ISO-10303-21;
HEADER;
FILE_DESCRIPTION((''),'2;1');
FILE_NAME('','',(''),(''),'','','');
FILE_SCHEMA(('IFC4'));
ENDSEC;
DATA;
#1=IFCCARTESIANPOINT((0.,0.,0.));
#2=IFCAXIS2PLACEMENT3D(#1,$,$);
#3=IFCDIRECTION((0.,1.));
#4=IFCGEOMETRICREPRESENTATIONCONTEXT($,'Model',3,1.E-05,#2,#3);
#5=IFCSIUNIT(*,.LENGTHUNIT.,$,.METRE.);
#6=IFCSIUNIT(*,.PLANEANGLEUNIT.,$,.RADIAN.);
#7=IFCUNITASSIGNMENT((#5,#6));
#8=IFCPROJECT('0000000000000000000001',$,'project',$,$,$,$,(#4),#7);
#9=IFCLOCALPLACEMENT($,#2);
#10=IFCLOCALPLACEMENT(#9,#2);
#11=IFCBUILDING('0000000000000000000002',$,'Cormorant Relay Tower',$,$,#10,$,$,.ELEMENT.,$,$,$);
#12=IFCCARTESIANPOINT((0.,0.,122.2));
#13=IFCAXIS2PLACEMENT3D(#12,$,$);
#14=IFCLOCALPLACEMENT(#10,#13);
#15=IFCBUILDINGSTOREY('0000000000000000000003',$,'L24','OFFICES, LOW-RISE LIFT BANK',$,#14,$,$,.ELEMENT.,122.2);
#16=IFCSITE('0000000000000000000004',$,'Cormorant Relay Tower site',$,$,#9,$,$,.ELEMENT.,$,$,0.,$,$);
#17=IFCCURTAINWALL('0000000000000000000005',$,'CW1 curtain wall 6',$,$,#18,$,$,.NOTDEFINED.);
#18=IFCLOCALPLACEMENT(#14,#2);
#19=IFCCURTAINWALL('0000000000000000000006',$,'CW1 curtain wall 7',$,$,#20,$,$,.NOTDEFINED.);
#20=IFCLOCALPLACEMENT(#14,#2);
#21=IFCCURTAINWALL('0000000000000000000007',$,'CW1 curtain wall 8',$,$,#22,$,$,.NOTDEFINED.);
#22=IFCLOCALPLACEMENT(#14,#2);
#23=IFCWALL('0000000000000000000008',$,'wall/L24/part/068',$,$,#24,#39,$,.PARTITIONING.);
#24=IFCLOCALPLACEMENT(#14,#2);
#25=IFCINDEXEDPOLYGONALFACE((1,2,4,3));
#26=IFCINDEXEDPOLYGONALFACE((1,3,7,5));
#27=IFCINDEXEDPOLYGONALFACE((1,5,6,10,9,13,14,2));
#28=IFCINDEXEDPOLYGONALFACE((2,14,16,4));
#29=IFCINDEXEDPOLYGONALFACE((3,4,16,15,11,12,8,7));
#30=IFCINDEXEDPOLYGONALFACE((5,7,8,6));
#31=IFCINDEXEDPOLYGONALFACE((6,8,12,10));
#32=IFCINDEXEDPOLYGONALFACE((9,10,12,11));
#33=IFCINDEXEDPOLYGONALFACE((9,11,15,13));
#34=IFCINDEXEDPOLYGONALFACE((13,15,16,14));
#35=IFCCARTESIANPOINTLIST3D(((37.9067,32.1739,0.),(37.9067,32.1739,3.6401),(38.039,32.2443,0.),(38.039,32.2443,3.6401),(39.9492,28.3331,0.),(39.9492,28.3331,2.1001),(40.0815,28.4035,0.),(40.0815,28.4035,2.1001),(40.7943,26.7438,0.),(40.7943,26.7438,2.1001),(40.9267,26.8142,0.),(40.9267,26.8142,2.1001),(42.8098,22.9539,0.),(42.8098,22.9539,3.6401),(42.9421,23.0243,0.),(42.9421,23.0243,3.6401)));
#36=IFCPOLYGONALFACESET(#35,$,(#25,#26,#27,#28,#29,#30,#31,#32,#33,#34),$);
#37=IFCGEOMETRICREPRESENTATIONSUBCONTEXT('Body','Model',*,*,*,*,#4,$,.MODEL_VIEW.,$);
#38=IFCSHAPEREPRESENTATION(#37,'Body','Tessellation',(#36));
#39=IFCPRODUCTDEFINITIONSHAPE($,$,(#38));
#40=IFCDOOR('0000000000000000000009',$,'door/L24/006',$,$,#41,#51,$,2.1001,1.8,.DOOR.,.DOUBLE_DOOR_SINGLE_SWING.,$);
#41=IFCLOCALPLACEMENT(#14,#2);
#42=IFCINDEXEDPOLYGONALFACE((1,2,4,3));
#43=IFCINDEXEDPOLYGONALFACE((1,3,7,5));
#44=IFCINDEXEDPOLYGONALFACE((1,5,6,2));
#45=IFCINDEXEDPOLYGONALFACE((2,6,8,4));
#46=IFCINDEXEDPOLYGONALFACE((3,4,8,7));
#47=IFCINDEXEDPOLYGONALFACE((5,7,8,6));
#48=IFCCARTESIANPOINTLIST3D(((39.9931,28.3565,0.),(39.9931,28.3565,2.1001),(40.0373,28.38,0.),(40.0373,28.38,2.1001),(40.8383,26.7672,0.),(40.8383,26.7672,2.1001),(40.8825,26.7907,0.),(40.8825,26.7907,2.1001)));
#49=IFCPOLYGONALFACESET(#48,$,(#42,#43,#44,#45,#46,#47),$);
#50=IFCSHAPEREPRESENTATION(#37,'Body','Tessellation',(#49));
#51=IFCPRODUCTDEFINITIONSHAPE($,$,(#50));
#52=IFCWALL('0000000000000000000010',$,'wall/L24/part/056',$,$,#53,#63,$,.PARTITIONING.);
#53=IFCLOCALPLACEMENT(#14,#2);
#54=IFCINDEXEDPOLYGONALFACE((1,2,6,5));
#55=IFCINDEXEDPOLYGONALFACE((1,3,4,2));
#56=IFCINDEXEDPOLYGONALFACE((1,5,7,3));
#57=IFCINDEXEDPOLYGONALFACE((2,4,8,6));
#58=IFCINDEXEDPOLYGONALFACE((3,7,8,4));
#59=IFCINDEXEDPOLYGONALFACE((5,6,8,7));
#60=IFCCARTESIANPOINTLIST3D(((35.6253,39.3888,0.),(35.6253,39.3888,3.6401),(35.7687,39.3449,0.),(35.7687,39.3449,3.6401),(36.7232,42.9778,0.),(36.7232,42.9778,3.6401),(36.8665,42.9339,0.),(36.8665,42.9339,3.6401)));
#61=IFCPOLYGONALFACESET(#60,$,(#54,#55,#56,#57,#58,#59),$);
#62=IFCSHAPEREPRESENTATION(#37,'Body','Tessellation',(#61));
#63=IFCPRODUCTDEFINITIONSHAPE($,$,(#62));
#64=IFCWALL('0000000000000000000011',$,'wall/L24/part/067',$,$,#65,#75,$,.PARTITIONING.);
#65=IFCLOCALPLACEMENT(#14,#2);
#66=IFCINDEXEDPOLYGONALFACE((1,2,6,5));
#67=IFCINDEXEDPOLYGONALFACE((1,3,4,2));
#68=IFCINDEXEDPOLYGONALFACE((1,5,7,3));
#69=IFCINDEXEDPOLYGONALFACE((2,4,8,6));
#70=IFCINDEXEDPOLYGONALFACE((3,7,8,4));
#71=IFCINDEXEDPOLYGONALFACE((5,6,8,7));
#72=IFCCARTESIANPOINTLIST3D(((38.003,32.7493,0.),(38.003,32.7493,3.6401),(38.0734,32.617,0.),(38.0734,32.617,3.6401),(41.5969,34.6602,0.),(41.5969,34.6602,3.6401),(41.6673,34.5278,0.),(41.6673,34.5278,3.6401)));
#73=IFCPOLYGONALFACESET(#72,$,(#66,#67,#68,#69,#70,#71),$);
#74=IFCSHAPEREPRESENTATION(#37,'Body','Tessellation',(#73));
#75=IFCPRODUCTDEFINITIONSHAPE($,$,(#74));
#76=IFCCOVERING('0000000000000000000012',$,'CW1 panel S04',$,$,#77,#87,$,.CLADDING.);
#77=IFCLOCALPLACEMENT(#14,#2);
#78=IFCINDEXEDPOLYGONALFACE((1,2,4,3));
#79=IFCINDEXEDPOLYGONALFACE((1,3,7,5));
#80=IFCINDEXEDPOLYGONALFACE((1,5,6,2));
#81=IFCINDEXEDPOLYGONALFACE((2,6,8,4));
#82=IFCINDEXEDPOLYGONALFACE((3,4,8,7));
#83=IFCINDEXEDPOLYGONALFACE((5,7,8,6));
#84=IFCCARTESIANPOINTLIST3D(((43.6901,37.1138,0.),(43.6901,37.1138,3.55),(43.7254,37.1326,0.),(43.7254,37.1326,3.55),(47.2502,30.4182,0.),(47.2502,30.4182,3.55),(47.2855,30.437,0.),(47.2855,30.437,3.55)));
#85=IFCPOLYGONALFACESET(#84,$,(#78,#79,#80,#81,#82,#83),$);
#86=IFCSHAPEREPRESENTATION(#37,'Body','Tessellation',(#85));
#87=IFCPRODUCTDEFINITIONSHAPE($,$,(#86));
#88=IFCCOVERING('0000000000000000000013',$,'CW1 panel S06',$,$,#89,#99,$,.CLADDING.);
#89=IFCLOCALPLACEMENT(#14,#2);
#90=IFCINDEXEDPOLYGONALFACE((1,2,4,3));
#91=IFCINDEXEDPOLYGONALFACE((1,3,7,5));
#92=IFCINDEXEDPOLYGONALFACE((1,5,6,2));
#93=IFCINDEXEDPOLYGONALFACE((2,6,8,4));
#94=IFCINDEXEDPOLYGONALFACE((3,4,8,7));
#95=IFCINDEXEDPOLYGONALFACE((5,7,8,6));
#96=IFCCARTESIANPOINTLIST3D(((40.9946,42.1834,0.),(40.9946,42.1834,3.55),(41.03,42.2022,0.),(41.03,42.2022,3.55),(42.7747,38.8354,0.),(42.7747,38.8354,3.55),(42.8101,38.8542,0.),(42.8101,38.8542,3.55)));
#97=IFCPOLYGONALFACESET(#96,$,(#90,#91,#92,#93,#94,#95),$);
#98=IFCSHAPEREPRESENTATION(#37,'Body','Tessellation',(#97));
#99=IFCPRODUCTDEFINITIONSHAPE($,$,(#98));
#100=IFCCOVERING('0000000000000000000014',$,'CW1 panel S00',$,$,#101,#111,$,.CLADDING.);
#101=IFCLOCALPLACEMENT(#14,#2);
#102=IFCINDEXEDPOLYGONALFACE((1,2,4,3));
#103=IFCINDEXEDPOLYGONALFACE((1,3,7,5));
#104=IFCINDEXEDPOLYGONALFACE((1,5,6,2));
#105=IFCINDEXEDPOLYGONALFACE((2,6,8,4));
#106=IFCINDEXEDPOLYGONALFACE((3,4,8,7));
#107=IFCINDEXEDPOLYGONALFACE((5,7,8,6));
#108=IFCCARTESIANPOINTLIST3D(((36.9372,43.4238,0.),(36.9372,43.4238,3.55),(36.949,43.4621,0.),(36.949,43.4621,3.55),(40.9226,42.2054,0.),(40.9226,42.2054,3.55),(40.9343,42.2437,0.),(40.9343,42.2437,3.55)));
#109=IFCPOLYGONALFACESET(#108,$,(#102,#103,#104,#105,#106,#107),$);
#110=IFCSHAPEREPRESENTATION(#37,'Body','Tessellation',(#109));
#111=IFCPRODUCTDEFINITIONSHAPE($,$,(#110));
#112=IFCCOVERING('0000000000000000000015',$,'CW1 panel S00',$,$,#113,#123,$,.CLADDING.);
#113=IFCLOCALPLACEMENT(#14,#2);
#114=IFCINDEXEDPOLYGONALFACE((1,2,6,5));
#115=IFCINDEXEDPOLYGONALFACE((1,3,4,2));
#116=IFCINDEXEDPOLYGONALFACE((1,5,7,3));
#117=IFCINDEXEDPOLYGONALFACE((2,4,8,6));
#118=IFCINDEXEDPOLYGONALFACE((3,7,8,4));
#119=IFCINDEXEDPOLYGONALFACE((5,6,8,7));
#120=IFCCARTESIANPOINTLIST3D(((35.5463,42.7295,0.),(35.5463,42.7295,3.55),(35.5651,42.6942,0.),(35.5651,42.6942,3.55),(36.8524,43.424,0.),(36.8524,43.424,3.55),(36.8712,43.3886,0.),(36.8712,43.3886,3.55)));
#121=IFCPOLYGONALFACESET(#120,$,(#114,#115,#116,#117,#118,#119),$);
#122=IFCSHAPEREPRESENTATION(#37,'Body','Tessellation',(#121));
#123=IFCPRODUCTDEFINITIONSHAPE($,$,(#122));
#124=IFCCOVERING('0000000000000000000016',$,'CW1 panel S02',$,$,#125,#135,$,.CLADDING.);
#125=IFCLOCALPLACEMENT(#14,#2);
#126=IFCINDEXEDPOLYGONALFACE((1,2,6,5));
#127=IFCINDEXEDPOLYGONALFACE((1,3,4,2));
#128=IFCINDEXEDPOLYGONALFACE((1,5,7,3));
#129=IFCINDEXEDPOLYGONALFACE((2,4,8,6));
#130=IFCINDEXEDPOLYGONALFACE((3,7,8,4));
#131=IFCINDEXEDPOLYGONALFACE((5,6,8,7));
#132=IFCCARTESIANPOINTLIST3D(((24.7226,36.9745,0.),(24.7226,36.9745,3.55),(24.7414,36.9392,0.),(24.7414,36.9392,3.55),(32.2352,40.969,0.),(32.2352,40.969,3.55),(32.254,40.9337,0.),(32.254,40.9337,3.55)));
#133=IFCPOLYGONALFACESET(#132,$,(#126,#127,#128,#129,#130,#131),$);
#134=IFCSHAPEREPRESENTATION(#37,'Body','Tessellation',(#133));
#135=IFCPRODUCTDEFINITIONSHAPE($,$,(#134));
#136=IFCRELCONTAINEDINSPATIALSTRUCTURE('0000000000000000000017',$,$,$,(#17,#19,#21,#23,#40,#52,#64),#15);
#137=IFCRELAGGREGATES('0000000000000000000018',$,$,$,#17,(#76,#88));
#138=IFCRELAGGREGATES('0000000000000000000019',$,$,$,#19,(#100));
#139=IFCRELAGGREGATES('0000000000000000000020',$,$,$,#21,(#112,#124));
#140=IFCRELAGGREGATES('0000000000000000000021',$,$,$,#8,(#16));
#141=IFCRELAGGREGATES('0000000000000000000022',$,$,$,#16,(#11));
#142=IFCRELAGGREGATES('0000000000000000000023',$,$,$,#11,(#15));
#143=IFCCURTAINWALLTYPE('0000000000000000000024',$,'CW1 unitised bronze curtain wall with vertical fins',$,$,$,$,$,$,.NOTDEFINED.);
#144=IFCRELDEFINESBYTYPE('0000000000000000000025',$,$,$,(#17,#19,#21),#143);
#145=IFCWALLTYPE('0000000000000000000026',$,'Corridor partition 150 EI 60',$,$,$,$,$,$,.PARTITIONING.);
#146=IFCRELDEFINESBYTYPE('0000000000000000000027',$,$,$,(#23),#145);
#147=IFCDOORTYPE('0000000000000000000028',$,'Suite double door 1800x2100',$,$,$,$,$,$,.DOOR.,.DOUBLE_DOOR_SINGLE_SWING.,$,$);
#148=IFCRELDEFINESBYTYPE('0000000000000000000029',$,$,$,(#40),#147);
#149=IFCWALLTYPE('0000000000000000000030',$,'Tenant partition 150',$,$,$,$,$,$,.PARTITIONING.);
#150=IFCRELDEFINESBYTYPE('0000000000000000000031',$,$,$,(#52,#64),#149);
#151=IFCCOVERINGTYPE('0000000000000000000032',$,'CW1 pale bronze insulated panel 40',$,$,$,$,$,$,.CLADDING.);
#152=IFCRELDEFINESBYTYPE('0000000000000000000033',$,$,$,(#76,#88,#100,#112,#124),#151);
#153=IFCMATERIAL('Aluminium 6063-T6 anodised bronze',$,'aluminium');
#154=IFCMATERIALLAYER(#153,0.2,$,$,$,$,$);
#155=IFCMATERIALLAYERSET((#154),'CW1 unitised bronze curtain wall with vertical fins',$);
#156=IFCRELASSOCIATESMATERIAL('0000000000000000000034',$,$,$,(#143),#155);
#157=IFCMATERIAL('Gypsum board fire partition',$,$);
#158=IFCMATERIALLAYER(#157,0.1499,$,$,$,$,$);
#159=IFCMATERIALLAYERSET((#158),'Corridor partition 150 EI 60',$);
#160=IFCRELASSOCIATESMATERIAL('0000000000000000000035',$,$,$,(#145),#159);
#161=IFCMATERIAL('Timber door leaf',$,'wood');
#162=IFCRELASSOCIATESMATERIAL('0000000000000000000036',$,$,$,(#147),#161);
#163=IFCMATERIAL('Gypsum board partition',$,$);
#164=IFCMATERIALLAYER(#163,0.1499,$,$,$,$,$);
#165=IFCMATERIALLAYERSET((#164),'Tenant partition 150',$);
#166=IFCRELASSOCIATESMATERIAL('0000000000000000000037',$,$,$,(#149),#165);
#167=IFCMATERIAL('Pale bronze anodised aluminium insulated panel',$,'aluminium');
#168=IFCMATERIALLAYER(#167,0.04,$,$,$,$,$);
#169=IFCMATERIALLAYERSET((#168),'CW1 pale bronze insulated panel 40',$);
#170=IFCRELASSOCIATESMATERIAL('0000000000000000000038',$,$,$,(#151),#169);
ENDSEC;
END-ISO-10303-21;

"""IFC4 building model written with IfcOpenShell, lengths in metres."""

from ifc_helpers import new_model, si_unit, direction, frame, frame_2d, origin, origin_2d, place, context, subcontext, project, spatial, rectangle, extrude, material, layer, layer_set, type_object, element, fill, aggregate, save


model = new_model("IFC4")

# Units and contexts
model_context = context("Model", 3, precision=1e-05, world=origin(), true_north=direction((0.0, 1.0)))
body_context = subcontext(model_context, "Body", "Model", "MODEL_VIEW")
ifc_project = project(units=[si_unit("LENGTHUNIT", "METRE"), si_unit("PLANEANGLEUNIT", "RADIAN")], contexts=[model_context])

# Site, building, storey
site_placement = place(None, origin())
site = spatial("IfcSite", under=ifc_project, at=site_placement, Name="Cormorant Relay Tower site", CompositionType="ELEMENT", RefElevation=0.0)
building_placement = place(site_placement, origin())
building = spatial("IfcBuilding", under=site, at=building_placement, Name="Cormorant Relay Tower", CompositionType="ELEMENT")
storey_placement = place(building_placement, frame((0.0, 0.0, 122.2)))
storey = spatial("IfcBuildingStorey", under=building, at=storey_placement, Name="L24", Description="OFFICES, LOW-RISE LIFT BANK", CompositionType="ELEMENT", Elevation=122.2)

# Curtain wall
ifc_material_1 = material(Name="Aluminium 6063-T6 anodised bronze", Category="aluminium")
ifc_layer_1 = layer(ifc_material_1, 0.2)
ifc_layer_set_1 = layer_set([ifc_layer_1], Name="CW1 unitised bronze curtain wall with vertical fins")
curtain_wall_type = type_object("IfcCurtainWallType", Name="CW1 unitised bronze curtain wall with vertical fins", PredefinedType="NOTDEFINED", material=ifc_layer_set_1)
curtain_wall_1_placement = place(storey_placement, origin())
curtain_wall_1 = element("IfcCurtainWall", 1, at=curtain_wall_1_placement, inside=storey, type_object=curtain_wall_type, Name="CW1 curtain wall 6", PredefinedType="NOTDEFINED")

# Curtain wall
curtain_wall_2_placement = place(storey_placement, origin())
curtain_wall_2 = element("IfcCurtainWall", 2, at=curtain_wall_2_placement, inside=storey, type_object=curtain_wall_type, Name="CW1 curtain wall 7", PredefinedType="NOTDEFINED")

# Curtain wall
curtain_wall_3_placement = place(storey_placement, origin())
curtain_wall_3 = element("IfcCurtainWall", 3, at=curtain_wall_3_placement, inside=storey, type_object=curtain_wall_type, Name="CW1 curtain wall 8", PredefinedType="NOTDEFINED")

# Shared definitions
ifc_material_2 = material(Name="Gypsum board fire partition")
ifc_layer_2 = layer(ifc_material_2, 0.1499)
ifc_layer_set_2 = layer_set([ifc_layer_2], Name="Corridor partition 150 EI 60")
wall_type_1 = type_object("IfcWallType", Name="Corridor partition 150 EI 60", PredefinedType="PARTITIONING", material=ifc_layer_set_2)

# Wall, opening, door
ifc_material_3 = material(Name="Timber door leaf", Category="wood")
door_type = type_object("IfcDoorType", Name="Suite double door 1800x2100", OperationType="DOUBLE_DOOR_SINGLE_SWING", PredefinedType="DOOR", material=ifc_material_3)
wall_1_placement = place(storey_placement, frame((37.9729, 32.209, 0.0), z_axis=(0.0, 0.0, 1.0), x_axis=(0.469526, -0.882919, 0.0)))
wall_1 = element("IfcWall", 4, at=wall_1_placement, inside=storey, type_object=wall_type_1, Name="wall/L24/part/068", PredefinedType="PARTITIONING", context=body_context, shape_type="SweptSolid", body=[
    extrude(rectangle(XDim=10.4426, YDim=0.1499, at=frame_2d((5.2212, 0.0))), origin(), (0.0, 0.0, 1.0), 3.6401),
])
opening_1_placement = place(wall_1_placement, frame((4.3501, 0.0, 0.0)))
opening_1 = element("IfcOpeningElement", 5, at=opening_1_placement, cuts=wall_1, PredefinedType="OPENING", context=body_context, shape_type="SweptSolid", body=[
    extrude(rectangle(XDim=1.8, YDim=2.1001, at=frame_2d((0.8999, 1.05))), frame((0.0, 0.085, 0.0), z_axis=(0.0, -1.0, 0.0), x_axis=(1.0, 0.0, 0.0)), (0.0, 0.0, 1.0), 0.1699),
])
door_1_placement = place(opening_1_placement, origin())
door_1 = element("IfcDoor", 6, at=door_1_placement, inside=storey, type_object=door_type, Name="door/L24/006", OperationType="DOUBLE_DOOR_SINGLE_SWING", OverallHeight=2.1001, OverallWidth=1.8, PredefinedType="DOOR", context=body_context, shape_type="SweptSolid", body=[
    extrude(rectangle(XDim=1.8, YDim=2.1001, at=frame_2d((0.8999, 1.05))), frame((0.0, 0.0249, 0.0), z_axis=(0.0, -1.0, 0.0), x_axis=(1.0, 0.0, 0.0)), (0.0, 0.0, 1.0), 0.05),
])
fill(opening_1, door_1)

# Walls
ifc_material_4 = material(Name="Gypsum board partition")
ifc_layer_3 = layer(ifc_material_4, 0.1499)
ifc_layer_set_3 = layer_set([ifc_layer_3], Name="Tenant partition 150")
wall_type_2 = type_object("IfcWallType", Name="Tenant partition 150", PredefinedType="PARTITIONING", material=ifc_layer_set_3)
wall_2_placement = place(storey_placement, frame((35.697, 39.3669, 0.0), z_axis=(0.0, 0.0, 1.0), x_axis=(0.292518, 0.95626, 0.0)))
element("IfcWall", 7, at=wall_2_placement, inside=storey, type_object=wall_type_2, Name="wall/L24/part/056", PredefinedType="PARTITIONING", context=body_context, shape_type="SweptSolid", body=[
    extrude(rectangle(XDim=3.7532, YDim=0.1499, at=frame_2d((1.8765, 0.0))), origin(), (0.0, 0.0, 1.0), 3.6401),
])
wall_3_placement = place(storey_placement, frame((41.6321, 34.594, 0.0), z_axis=(0.0, 0.0, 1.0), x_axis=(-0.882955, -0.469458, 0.0)))
element("IfcWall", 8, at=wall_3_placement, inside=storey, type_object=wall_type_2, Name="wall/L24/part/067", PredefinedType="PARTITIONING", context=body_context, shape_type="SweptSolid", body=[
    extrude(rectangle(XDim=4.0703, YDim=0.1499, at=frame_2d((2.0352, 0.0))), origin(), (0.0, 0.0, 1.0), 3.6401),
])

# Coverings
ifc_material_5 = material(Name="Pale bronze anodised aluminium insulated panel", Category="aluminium")
ifc_layer_4 = layer(ifc_material_5, 0.04)
ifc_layer_set_4 = layer_set([ifc_layer_4], Name="CW1 pale bronze insulated panel 40")
covering_type = type_object("IfcCoveringType", Name="CW1 pale bronze insulated panel 40", PredefinedType="CLADDING", material=ifc_layer_set_4)
covering_1_placement = place(storey_placement, frame((45.4878, 33.7754, 0.0), z_axis=(0.0, 0.0, 1.0), x_axis=(-0.469472, 0.882948, 0.0)))
covering_1 = element("IfcCovering", 9, at=covering_1_placement, type_object=covering_type, Name="CW1 panel S04", PredefinedType="CLADDING", context=body_context, shape_type="SweptSolid", body=[
    extrude(rectangle(XDim=7.5833, YDim=0.04, at=origin_2d()), origin(), (0.0, 0.0, 1.0), 3.55),
])
covering_2_placement = place(storey_placement, frame((41.9023, 40.5188, 0.0), z_axis=(0.0, 0.0, 1.0), x_axis=(-0.469472, 0.882948, 0.0)))
covering_2 = element("IfcCovering", 10, at=covering_2_placement, type_object=covering_type, Name="CW1 panel S06", PredefinedType="CLADDING", context=body_context, shape_type="SweptSolid", body=[
    extrude(rectangle(XDim=3.7917, YDim=0.04, at=origin_2d()), origin(), (0.0, 0.0, 1.0), 3.55),
])
aggregate(curtain_wall_1, [covering_1, covering_2])
covering_3_placement = place(storey_placement, frame((38.9358, 42.8337, 0.0), z_axis=(0.0, 0.0, 1.0), x_axis=(-0.956305, 0.292372, 0.0)))
covering_3 = element("IfcCovering", 11, at=covering_3_placement, type_object=covering_type, Name="CW1 panel S00", PredefinedType="CLADDING", context=body_context, shape_type="SweptSolid", body=[
    extrude(rectangle(XDim=4.1675, YDim=0.04, at=origin_2d()), origin(), (0.0, 0.0, 1.0), 3.55),
])
aggregate(curtain_wall_2, [covering_3])
covering_4_placement = place(storey_placement, frame((36.2087, 43.0591, 0.0), z_axis=(0.0, 0.0, 1.0), x_axis=(-0.882948, -0.469472, 0.0)))
covering_4 = element("IfcCovering", 12, at=covering_4_placement, type_object=covering_type, Name="CW1 panel S00", PredefinedType="CLADDING", context=body_context, shape_type="SweptSolid", body=[
    extrude(rectangle(XDim=1.4792, YDim=0.04, at=origin_2d()), origin(), (0.0, 0.0, 1.0), 3.55),
])
covering_5_placement = place(storey_placement, frame((28.4883, 38.9541, 0.0), z_axis=(0.0, 0.0, 1.0), x_axis=(-0.882948, -0.469472, 0.0)))
covering_5 = element("IfcCovering", 13, at=covering_5_placement, type_object=covering_type, Name="CW1 panel S02", PredefinedType="CLADDING", context=body_context, shape_type="SweptSolid", body=[
    extrude(rectangle(XDim=8.5085, YDim=0.04, at=origin_2d()), origin(), (0.0, 0.0, 1.0), 3.55),
])
aggregate(curtain_wall_3, [covering_4, covering_5])

save(model, "model.ifc")
